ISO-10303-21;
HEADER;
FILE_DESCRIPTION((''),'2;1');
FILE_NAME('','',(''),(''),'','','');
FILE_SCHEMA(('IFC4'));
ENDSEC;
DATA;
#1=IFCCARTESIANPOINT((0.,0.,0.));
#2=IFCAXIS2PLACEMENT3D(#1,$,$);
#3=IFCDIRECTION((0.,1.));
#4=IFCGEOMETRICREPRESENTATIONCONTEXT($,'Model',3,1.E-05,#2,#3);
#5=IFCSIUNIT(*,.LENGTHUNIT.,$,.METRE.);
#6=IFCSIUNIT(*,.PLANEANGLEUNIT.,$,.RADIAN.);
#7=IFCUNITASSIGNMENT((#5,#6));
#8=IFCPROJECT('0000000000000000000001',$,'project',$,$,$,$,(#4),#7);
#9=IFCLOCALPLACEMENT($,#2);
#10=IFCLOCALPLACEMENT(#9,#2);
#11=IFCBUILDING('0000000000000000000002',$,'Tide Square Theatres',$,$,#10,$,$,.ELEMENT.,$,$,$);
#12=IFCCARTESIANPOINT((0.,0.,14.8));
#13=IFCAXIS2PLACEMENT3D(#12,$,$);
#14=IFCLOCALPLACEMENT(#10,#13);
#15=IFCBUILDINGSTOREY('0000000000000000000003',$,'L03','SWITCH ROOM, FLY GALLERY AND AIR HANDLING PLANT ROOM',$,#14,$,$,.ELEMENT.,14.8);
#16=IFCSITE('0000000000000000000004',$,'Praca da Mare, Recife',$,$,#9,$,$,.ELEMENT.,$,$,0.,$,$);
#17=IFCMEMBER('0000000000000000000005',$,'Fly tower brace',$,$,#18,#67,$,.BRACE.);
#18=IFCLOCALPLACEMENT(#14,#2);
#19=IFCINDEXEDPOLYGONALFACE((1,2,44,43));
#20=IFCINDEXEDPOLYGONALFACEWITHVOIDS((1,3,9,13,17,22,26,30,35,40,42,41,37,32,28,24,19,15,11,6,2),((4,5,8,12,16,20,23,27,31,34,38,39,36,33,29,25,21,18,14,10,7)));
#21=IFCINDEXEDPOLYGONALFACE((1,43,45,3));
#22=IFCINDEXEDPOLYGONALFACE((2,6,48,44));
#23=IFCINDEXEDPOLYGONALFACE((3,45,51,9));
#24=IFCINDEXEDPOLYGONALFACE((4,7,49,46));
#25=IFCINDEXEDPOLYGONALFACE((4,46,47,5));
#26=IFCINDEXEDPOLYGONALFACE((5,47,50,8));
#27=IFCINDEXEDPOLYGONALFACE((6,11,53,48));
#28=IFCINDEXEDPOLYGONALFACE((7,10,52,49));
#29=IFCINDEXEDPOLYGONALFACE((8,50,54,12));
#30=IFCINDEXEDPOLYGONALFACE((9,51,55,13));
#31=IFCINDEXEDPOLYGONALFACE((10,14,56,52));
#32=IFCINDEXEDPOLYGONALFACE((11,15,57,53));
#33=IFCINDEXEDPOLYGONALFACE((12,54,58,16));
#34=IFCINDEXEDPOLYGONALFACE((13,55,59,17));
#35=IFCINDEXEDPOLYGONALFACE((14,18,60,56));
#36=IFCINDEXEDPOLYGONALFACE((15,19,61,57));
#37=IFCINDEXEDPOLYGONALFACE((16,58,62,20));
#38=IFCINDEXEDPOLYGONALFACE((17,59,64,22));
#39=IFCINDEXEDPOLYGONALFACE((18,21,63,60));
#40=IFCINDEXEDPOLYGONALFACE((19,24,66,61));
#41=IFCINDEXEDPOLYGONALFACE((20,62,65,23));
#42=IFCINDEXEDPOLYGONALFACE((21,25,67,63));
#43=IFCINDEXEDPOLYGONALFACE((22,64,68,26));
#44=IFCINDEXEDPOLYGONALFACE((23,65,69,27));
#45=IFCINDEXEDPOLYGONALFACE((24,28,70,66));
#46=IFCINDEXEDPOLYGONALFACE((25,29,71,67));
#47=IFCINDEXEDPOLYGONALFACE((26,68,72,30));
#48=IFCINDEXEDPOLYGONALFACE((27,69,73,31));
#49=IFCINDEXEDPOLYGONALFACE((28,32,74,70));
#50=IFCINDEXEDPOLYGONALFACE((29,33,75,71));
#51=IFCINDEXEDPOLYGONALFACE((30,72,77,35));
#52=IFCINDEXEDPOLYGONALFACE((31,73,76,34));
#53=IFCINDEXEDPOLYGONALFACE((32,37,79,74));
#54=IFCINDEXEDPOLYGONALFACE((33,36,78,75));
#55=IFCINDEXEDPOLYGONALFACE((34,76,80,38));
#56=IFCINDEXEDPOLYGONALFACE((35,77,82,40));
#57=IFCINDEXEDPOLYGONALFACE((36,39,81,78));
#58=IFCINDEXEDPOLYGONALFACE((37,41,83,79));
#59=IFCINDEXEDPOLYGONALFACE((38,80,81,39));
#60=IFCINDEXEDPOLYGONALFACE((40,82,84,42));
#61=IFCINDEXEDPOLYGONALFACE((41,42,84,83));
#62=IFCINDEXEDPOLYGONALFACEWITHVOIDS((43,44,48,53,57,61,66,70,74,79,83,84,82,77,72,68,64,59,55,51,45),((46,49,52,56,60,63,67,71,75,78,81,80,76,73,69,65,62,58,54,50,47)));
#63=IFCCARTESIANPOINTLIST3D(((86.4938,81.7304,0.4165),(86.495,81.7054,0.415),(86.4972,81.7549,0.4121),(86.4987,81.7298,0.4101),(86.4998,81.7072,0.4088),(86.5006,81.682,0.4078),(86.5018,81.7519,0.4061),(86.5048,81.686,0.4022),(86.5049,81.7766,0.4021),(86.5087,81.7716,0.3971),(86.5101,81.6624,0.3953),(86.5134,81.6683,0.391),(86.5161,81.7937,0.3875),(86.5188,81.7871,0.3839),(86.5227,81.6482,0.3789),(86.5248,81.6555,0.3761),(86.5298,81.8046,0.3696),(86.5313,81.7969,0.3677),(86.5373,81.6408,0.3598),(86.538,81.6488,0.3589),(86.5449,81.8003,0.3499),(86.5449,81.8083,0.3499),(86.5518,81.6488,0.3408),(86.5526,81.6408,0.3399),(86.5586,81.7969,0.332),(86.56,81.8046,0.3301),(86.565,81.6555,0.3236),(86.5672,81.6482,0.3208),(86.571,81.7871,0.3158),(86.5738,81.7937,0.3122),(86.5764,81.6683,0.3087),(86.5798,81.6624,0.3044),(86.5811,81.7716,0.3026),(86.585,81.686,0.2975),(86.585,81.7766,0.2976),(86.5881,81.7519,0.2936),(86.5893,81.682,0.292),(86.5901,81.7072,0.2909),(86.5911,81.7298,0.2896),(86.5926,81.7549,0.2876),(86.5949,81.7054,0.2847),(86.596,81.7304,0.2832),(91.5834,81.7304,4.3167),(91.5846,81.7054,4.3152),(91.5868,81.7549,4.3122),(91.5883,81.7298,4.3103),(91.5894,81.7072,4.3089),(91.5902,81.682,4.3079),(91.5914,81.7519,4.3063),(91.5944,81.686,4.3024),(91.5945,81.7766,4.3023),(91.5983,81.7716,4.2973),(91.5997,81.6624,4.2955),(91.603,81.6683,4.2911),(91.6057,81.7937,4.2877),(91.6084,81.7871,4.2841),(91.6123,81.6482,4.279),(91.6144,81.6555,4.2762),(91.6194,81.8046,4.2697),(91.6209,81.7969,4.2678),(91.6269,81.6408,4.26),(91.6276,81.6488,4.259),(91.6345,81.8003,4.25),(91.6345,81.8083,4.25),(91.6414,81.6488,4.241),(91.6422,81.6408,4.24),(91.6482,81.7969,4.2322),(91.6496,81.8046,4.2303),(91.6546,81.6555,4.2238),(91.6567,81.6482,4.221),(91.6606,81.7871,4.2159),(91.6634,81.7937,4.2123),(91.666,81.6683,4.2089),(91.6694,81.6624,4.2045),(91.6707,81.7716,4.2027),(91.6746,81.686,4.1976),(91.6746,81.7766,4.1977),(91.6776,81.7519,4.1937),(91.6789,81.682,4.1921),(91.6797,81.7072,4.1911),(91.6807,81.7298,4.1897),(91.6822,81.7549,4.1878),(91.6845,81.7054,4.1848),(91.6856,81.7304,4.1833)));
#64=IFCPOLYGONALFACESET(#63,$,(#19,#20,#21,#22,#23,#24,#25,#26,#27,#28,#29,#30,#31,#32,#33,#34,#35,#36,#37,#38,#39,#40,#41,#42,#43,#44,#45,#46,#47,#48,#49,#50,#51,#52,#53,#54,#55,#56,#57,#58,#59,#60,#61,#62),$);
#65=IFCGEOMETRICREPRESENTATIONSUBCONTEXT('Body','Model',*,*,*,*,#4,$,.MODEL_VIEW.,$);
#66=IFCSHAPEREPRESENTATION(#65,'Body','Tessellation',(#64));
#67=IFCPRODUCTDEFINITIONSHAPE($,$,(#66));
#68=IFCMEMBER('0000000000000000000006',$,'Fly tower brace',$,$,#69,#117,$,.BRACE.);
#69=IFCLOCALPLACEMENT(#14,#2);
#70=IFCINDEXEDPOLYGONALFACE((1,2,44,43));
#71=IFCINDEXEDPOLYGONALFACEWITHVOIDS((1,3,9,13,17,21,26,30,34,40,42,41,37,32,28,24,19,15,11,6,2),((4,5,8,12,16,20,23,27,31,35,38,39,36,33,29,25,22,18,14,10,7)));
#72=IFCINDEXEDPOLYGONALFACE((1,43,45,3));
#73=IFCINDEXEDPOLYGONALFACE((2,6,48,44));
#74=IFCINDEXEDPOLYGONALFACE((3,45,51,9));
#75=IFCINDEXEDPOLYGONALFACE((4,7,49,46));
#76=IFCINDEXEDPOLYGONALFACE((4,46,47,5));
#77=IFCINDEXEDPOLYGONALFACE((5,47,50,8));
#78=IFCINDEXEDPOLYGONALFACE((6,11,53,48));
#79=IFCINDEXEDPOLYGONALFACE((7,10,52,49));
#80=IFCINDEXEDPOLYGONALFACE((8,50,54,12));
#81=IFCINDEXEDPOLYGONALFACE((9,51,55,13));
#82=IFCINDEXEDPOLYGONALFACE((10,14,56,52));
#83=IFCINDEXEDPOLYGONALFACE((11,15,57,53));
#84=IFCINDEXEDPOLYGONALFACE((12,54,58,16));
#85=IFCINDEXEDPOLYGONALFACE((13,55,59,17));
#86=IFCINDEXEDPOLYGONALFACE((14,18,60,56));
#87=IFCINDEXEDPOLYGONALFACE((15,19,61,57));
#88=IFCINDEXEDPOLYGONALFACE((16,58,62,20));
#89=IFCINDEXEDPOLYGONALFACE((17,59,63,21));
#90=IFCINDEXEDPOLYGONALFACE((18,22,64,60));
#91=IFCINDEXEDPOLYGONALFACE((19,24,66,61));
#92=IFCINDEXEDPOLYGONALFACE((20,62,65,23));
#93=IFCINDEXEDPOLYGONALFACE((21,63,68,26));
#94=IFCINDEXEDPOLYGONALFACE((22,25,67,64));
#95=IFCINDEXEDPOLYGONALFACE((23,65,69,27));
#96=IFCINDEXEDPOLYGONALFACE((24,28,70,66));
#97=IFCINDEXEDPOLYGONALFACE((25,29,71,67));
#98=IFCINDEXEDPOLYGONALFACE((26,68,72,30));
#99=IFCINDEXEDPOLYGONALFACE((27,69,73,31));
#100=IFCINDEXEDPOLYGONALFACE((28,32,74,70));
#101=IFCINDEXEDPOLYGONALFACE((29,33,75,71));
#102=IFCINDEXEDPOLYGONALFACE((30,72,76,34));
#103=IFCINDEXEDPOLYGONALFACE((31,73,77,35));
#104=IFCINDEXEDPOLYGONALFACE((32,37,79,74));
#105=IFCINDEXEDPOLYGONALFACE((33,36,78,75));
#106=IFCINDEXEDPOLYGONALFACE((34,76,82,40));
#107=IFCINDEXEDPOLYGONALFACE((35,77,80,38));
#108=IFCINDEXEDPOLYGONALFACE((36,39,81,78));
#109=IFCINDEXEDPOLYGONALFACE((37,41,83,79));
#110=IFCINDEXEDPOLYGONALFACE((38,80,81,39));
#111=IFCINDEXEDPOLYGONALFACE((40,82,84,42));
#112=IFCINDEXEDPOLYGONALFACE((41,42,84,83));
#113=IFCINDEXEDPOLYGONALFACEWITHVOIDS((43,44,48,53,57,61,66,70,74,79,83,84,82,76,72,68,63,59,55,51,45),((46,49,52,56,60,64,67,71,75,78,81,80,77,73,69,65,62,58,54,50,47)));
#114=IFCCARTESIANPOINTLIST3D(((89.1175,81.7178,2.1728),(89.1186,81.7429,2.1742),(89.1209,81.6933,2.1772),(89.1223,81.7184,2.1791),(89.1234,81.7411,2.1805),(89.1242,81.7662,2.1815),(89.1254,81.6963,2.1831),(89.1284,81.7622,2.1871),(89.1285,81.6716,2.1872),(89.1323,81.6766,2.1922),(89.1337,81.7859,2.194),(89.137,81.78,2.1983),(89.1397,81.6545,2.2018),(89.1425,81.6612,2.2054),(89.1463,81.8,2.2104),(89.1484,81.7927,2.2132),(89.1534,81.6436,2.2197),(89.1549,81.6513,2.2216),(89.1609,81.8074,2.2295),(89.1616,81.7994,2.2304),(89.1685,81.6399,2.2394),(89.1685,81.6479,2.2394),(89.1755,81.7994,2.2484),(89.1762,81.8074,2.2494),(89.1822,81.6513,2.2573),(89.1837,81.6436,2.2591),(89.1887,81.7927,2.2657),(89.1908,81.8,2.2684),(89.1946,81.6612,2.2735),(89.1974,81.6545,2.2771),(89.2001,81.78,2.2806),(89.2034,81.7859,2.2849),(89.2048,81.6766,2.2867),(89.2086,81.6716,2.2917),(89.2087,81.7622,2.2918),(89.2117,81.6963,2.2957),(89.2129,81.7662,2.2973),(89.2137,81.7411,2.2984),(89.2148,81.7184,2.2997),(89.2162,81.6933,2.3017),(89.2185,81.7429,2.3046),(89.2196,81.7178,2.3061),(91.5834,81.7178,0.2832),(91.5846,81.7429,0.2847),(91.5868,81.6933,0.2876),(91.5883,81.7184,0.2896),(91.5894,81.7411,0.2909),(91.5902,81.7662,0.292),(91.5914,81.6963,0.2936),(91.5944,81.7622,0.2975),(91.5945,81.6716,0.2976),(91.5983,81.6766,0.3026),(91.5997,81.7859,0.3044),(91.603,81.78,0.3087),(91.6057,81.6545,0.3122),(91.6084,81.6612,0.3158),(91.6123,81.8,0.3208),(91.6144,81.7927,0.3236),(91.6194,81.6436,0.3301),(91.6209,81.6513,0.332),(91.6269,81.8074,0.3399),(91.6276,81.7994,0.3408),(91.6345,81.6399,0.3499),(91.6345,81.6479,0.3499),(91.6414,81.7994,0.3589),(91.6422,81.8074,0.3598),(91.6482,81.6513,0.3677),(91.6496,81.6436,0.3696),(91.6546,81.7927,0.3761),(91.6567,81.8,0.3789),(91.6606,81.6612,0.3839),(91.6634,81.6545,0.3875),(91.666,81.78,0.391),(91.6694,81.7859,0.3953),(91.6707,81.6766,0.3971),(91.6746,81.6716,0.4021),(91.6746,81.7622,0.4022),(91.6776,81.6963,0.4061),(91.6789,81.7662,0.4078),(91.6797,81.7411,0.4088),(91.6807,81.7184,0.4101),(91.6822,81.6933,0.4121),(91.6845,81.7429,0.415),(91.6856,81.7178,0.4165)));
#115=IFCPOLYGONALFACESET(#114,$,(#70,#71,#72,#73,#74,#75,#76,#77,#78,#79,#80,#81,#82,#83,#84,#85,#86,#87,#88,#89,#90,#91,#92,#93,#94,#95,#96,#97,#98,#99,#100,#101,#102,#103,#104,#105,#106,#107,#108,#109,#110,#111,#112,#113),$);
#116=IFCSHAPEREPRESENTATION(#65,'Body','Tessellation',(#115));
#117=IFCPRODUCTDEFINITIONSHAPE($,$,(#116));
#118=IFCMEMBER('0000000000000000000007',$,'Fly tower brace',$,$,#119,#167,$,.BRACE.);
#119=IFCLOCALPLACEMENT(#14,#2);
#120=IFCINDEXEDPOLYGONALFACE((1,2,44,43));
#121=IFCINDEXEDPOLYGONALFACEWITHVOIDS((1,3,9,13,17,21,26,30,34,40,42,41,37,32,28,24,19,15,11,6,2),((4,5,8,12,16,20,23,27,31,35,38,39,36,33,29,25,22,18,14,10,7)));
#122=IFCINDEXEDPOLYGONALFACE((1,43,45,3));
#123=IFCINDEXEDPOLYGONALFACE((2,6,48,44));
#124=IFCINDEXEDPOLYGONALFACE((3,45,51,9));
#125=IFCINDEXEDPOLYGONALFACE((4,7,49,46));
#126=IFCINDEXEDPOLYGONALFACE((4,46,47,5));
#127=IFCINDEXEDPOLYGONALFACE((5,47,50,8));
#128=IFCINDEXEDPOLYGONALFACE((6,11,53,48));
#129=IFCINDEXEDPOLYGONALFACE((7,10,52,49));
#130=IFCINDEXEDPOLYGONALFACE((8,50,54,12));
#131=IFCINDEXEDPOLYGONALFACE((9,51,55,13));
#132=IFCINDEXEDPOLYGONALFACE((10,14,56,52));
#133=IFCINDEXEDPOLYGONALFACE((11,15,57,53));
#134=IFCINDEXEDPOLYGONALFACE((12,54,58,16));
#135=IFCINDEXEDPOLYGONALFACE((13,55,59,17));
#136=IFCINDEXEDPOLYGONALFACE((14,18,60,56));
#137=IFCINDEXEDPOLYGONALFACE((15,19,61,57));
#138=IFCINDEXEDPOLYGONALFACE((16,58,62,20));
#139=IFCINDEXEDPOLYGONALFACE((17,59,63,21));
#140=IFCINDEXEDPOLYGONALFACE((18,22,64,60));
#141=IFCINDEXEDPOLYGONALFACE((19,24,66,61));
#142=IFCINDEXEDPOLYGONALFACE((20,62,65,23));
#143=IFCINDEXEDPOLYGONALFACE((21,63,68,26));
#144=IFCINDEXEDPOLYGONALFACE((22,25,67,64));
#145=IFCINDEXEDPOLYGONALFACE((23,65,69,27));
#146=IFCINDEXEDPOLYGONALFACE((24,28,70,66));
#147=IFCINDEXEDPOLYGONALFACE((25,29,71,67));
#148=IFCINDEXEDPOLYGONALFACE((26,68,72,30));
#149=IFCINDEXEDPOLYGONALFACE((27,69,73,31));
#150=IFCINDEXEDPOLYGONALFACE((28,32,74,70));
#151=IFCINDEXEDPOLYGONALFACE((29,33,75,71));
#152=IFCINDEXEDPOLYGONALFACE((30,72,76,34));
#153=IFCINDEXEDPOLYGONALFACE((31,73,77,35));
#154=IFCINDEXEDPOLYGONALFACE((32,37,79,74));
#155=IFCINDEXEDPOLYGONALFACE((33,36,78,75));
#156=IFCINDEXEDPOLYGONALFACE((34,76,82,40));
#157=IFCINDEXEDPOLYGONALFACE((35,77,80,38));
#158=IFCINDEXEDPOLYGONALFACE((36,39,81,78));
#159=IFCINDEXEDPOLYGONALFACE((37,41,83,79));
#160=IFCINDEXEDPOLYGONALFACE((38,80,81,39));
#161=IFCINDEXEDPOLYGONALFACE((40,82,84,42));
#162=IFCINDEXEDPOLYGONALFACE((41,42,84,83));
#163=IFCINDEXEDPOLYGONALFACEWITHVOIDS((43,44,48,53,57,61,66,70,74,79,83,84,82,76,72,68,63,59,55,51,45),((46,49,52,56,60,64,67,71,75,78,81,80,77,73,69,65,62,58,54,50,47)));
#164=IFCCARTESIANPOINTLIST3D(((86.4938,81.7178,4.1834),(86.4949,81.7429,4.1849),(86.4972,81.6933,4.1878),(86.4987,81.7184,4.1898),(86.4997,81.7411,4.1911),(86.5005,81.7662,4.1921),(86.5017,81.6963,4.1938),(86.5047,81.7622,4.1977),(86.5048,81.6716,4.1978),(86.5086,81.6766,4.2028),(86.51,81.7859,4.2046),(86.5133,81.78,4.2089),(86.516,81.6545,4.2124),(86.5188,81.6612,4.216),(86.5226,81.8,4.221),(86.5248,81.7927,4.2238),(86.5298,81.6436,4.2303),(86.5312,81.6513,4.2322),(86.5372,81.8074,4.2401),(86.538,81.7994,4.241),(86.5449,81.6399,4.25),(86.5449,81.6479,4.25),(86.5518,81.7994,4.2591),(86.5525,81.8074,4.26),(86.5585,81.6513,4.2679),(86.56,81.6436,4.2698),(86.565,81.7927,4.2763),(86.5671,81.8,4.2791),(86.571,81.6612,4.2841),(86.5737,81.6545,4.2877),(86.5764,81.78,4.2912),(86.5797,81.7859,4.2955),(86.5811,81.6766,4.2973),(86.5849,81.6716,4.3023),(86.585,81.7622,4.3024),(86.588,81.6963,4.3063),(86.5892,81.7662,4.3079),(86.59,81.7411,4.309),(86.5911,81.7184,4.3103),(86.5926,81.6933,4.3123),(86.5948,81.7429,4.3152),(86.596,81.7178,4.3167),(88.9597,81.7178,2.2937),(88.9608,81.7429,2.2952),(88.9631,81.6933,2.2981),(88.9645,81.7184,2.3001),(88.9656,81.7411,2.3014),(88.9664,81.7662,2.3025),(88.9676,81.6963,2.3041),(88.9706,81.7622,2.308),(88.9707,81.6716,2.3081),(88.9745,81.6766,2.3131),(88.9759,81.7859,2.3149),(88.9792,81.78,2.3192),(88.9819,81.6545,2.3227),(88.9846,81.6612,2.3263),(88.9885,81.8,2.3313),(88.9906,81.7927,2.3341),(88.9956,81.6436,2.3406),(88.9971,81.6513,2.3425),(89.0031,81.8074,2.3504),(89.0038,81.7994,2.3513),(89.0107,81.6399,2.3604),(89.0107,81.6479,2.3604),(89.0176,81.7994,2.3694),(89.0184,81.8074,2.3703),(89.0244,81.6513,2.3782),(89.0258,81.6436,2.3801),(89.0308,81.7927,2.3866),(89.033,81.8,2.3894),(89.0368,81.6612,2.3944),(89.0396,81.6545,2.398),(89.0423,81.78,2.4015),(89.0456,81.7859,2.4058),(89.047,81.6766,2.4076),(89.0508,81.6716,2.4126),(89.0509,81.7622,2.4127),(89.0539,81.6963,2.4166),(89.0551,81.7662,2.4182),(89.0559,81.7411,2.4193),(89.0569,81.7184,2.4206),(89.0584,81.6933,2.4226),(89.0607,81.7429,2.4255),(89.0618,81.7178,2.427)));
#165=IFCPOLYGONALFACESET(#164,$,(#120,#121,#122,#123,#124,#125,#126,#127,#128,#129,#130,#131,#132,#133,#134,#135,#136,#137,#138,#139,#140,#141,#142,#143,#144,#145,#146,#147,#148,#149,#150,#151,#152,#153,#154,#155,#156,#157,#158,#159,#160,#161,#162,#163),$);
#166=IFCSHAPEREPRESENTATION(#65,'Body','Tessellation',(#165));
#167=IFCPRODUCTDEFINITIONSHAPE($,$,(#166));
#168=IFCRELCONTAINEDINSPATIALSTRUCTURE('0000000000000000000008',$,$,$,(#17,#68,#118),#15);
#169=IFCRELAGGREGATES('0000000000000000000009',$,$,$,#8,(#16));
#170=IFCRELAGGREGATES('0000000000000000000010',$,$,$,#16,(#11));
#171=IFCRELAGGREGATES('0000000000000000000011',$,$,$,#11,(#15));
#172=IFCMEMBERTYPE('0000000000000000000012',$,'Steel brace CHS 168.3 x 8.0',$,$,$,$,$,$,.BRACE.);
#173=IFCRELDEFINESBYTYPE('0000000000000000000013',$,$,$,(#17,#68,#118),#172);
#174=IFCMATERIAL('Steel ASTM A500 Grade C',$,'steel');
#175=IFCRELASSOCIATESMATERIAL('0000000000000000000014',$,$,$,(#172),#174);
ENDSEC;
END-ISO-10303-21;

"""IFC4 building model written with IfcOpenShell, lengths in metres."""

from ifc_helpers import new_model, si_unit, direction, frame, origin, origin_2d, place, context, subcontext, project, spatial, hollow_circle, extrude, material, material_profile, profile_set, type_object, element, save


model = new_model("IFC4")

# Units and contexts
model_context = context("Model", 3, precision=1e-05, world=origin(), true_north=direction((0.0, 1.0)))
body_context = subcontext(model_context, "Body", "Model", "MODEL_VIEW")
ifc_project = project(units=[si_unit("LENGTHUNIT", "METRE"), si_unit("PLANEANGLEUNIT", "RADIAN")], contexts=[model_context])

# Site, building, storey
site_placement = place(None, origin())
site = spatial("IfcSite", under=ifc_project, at=site_placement, Name="Praca da Mare, Recife", CompositionType="ELEMENT", RefElevation=0.0)
building_placement = place(site_placement, origin())
building = spatial("IfcBuilding", under=site, at=building_placement, Name="Tide Square Theatres", CompositionType="ELEMENT")
storey_placement = place(building_placement, frame((0.0, 0.0, 14.8)))
storey = spatial("IfcBuildingStorey", under=building, at=storey_placement, Name="L03", Description="SWITCH ROOM, FLY GALLERY AND AIR HANDLING PLANT ROOM", CompositionType="ELEMENT", Elevation=14.8)

# Members
ifc_material_1 = material(Name="Steel ASTM A500 Grade C", Category="steel")
ifc_material_profile_1 = material_profile(ifc_material_1, hollow_circle(Radius=0.0842, WallThickness=0.0081, at=origin_2d()))
ifc_profile_set_1 = profile_set([ifc_material_profile_1], Name="Steel ASTM A500 Grade C")
member_type = type_object("IfcMemberType", Name="Steel brace CHS 168.3 x 8.0", PredefinedType="BRACE", material=ifc_profile_set_1)
member_1_placement = place(storey_placement, frame((86.5449, 81.7241, 0.3499), z_axis=(0.793748, 0.0, 0.608247), x_axis=(0.0, 1.0, 0.0)))
element("IfcMember", 1, at=member_1_placement, inside=storey, type_object=member_type, Name="Fly tower brace", PredefinedType="BRACE", context=body_context, shape_type="SweptSolid", body=[
    extrude(hollow_circle(Radius=0.0842, WallThickness=0.0081, at=origin_2d()), origin(), (0.0, 0.0, 1.0), 6.4121),
])
for number, where, z_axis, x_axis, name in (
    (2, (91.6345, 81.7241, 0.3499), (-0.793762, 0.0, 0.608229), (0.0, -1.0, 0.0), "Fly tower brace"),
    (3, (89.0107, 81.7241, 2.3604), (-0.793733, 0.0, 0.608267), (0.0, -1.0, 0.0), "Fly tower brace"),
):
    element("IfcMember", number, at=place(storey_placement, frame(where, z_axis=z_axis, x_axis=x_axis)), inside=storey, type_object=member_type, Name=name, PredefinedType="BRACE", context=body_context, shape_type="SweptSolid", body=[
        extrude(hollow_circle(Radius=0.0842, WallThickness=0.0081, at=origin_2d()), origin(), (0.0, 0.0, 1.0), 3.1067),
    ])

save(model, "model.ifc")
